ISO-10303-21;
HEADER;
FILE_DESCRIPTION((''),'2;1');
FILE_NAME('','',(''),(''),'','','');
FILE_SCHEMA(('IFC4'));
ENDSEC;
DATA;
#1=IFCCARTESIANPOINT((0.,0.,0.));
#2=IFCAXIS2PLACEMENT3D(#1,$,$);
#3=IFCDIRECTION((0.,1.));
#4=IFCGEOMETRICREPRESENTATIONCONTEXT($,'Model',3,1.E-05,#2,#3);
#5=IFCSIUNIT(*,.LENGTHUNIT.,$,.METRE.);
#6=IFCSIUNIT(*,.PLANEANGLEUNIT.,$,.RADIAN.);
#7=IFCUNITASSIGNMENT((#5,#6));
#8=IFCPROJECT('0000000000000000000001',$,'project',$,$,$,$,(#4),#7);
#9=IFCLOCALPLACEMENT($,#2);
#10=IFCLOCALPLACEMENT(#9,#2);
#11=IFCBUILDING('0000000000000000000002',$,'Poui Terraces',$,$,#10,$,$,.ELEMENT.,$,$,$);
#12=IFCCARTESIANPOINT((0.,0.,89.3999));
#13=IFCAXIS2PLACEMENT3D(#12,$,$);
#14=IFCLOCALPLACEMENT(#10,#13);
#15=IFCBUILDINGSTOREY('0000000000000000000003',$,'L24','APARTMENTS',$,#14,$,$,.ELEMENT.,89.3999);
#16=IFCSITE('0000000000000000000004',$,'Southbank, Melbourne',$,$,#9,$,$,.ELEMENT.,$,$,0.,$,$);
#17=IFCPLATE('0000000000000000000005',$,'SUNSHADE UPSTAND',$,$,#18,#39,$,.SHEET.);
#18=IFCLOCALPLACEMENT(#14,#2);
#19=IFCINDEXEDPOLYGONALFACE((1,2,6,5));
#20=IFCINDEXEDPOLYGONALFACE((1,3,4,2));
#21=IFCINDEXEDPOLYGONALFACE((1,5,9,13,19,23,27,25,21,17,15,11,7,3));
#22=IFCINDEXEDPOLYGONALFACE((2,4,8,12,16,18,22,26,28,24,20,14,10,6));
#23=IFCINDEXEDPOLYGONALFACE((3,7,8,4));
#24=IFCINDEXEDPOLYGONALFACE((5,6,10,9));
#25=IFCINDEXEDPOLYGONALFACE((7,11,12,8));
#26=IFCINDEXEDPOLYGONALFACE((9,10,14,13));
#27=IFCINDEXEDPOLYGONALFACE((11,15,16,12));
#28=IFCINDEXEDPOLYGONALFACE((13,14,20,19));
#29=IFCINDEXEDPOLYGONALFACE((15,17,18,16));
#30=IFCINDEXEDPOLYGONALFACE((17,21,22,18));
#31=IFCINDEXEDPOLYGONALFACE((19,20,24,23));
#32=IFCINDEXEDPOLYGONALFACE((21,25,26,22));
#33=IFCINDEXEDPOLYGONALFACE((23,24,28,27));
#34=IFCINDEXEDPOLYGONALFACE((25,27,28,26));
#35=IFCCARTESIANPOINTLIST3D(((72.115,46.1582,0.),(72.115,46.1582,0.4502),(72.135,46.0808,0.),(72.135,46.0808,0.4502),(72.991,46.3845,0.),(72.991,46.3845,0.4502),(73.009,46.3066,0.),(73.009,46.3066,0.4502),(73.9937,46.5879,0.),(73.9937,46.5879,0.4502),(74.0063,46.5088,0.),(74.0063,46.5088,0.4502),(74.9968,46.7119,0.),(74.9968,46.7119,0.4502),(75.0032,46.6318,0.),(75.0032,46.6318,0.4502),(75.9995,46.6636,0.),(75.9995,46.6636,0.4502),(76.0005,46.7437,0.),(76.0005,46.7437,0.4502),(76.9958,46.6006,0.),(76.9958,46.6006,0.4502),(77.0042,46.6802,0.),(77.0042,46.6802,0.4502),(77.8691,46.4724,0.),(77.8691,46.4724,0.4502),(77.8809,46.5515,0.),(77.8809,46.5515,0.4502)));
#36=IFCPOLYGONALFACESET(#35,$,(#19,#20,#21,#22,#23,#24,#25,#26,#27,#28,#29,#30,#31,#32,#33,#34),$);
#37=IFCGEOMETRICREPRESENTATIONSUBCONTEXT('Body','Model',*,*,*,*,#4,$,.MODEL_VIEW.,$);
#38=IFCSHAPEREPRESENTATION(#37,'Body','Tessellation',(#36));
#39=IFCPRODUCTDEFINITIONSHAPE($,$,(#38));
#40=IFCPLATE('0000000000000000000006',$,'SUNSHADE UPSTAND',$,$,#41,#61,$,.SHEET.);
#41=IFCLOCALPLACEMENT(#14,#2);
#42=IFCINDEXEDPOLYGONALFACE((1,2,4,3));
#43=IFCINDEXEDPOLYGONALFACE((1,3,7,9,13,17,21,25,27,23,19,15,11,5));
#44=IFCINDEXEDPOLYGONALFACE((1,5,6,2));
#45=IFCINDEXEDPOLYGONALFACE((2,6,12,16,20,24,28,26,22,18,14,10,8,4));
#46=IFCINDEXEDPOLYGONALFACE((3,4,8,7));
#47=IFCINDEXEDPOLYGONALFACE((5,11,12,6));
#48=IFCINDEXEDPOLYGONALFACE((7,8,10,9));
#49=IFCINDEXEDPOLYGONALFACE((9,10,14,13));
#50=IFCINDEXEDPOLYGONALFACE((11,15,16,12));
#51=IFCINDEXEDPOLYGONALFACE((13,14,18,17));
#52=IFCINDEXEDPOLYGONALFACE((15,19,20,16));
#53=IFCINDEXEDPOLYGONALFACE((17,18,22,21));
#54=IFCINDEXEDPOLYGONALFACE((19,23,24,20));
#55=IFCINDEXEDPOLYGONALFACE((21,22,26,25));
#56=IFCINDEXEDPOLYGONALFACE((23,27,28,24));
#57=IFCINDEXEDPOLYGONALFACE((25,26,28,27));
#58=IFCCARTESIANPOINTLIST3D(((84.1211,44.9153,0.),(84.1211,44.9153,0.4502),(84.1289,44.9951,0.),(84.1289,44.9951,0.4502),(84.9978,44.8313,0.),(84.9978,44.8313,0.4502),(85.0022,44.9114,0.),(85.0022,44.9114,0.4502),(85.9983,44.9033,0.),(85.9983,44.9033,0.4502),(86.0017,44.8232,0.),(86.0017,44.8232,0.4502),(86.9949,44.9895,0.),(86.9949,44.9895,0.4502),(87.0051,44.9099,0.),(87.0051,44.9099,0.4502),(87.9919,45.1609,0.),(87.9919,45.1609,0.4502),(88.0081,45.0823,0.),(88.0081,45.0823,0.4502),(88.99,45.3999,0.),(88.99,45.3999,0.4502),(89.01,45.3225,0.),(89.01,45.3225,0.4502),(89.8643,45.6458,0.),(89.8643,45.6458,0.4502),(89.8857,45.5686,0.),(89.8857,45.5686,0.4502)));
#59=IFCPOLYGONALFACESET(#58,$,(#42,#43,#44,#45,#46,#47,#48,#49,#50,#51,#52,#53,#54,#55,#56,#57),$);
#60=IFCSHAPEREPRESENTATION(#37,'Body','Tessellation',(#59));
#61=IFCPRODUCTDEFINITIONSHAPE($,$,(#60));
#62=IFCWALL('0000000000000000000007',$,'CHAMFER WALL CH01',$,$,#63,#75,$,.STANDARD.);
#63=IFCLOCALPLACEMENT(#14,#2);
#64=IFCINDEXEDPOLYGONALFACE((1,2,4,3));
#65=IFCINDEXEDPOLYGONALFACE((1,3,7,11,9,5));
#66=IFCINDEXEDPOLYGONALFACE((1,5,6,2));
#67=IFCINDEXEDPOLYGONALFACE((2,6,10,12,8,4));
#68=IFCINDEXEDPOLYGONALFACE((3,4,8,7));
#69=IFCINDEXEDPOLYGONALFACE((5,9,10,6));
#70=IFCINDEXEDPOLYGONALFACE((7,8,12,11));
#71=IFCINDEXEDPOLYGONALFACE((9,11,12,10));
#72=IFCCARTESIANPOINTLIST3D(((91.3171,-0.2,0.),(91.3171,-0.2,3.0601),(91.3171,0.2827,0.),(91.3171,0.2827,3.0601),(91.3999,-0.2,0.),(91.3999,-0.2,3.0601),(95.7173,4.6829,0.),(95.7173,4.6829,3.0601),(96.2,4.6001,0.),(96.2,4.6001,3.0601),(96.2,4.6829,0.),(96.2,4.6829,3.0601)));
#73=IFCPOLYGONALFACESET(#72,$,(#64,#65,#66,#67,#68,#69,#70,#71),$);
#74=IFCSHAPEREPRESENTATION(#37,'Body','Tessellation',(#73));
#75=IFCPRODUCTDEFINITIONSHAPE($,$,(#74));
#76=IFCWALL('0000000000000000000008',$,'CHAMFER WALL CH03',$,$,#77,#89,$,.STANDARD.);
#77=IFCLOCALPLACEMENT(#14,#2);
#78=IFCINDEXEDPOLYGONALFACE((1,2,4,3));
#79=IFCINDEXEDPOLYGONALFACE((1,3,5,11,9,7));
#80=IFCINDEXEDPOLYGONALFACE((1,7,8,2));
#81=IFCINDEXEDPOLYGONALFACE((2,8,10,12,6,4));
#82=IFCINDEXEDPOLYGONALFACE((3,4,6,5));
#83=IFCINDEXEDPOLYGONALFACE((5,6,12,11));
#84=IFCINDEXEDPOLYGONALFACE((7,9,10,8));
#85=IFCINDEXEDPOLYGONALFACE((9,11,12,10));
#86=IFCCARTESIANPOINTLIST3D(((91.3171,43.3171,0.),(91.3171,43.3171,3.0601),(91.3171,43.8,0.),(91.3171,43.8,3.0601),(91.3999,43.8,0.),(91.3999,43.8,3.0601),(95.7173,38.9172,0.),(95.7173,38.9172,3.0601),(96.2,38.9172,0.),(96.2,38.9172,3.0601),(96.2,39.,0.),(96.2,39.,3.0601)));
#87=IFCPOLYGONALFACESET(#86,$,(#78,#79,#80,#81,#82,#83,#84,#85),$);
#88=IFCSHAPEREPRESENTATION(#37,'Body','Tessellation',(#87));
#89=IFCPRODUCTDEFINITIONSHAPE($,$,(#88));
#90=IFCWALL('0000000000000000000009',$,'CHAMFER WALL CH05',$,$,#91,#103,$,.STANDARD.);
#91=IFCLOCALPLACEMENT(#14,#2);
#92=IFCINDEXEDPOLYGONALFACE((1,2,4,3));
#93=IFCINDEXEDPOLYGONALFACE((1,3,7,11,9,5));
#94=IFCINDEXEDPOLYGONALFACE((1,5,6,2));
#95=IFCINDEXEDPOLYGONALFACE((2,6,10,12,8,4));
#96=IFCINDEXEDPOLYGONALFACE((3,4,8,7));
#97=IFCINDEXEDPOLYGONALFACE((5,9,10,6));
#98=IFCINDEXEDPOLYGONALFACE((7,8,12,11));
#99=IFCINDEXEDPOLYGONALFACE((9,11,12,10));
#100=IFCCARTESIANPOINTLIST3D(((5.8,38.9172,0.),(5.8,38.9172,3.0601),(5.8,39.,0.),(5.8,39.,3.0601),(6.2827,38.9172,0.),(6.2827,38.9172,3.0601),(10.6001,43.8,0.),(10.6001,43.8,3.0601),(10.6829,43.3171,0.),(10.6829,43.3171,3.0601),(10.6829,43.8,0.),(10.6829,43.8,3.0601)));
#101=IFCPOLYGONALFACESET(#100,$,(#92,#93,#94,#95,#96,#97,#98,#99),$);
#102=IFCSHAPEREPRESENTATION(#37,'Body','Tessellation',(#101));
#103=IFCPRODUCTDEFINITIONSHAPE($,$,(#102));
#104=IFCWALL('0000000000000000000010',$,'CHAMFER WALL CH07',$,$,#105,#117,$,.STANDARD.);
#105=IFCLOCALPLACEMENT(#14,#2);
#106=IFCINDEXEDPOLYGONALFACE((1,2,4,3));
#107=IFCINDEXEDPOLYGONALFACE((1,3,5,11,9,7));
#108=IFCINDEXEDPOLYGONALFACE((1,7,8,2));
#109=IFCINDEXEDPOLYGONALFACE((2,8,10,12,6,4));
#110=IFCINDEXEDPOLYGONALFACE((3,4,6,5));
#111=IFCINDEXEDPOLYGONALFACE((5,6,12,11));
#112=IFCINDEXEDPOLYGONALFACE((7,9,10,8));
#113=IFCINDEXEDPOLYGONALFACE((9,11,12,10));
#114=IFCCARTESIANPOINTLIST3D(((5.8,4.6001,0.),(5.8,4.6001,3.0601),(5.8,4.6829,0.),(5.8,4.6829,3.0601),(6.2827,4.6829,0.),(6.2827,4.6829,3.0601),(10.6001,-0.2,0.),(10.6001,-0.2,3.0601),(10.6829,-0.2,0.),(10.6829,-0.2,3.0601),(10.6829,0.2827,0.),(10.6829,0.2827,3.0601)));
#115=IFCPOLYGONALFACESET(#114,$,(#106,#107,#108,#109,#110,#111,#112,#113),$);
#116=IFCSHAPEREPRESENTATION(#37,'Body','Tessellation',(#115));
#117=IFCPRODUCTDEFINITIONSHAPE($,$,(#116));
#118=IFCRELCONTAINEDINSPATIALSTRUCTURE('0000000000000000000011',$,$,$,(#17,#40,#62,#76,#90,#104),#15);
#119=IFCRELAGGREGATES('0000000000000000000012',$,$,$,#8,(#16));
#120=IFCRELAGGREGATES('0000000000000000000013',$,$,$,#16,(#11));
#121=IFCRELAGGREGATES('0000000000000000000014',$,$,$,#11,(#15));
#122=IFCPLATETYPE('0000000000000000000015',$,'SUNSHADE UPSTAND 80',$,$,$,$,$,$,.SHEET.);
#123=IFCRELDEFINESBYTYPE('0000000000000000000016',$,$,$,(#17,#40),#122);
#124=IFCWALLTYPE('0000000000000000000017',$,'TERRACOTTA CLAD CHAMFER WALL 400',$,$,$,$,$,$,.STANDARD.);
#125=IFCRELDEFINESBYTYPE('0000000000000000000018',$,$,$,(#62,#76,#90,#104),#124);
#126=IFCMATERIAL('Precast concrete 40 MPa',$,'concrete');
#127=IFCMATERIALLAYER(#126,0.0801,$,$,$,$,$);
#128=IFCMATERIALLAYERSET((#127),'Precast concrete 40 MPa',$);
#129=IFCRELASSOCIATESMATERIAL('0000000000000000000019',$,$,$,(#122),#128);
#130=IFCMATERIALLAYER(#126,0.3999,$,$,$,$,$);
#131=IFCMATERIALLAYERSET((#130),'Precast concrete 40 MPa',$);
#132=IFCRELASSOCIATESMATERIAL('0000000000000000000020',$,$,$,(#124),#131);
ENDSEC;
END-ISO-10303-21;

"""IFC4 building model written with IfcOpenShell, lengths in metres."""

from ifc_helpers import new_model, si_unit, direction, frame, origin, place, context, subcontext, project, spatial, polyline, outline, extrude, material, layer, layer_set, type_object, element, save


model = new_model("IFC4")

# Units and contexts
model_context = context("Model", 3, precision=1e-05, world=origin(), true_north=direction((0.0, 1.0)))
body_context = subcontext(model_context, "Body", "Model", "MODEL_VIEW")
ifc_project = project(units=[si_unit("LENGTHUNIT", "METRE"), si_unit("PLANEANGLEUNIT", "RADIAN")], contexts=[model_context])

# Site, building, storey
site_placement = place(None, origin())
site = spatial("IfcSite", under=ifc_project, at=site_placement, Name="Southbank, Melbourne", CompositionType="ELEMENT", RefElevation=0.0)
building_placement = place(site_placement, origin())
building = spatial("IfcBuilding", under=site, at=building_placement, Name="Poui Terraces", CompositionType="ELEMENT")
storey_placement = place(building_placement, frame((0.0, 0.0, 89.3999)))
storey = spatial("IfcBuildingStorey", under=building, at=storey_placement, Name="L24", Description="APARTMENTS", CompositionType="ELEMENT", Elevation=89.3999)

# Shared definitions
ifc_material_1 = material(Name="Precast concrete 40 MPa", Category="concrete")

# Plates
ifc_layer_1 = layer(ifc_material_1, 0.0801)
ifc_layer_set_1 = layer_set([ifc_layer_1], Name="Precast concrete 40 MPa")
plate_type = type_object("IfcPlateType", Name="SUNSHADE UPSTAND 80", PredefinedType="SHEET", material=ifc_layer_set_1)
plate_1_placement = place(storey_placement, origin())
element("IfcPlate", 1, at=plate_1_placement, inside=storey, type_object=plate_type, Name="SUNSHADE UPSTAND", PredefinedType="SHEET", context=body_context, shape_type="SweptSolid", body=[
    extrude(outline(polyline([(72.991, 46.3845), (72.115, 46.1582), (72.135, 46.0808), (73.009, 46.3066), (74.0063, 46.5088), (75.0032, 46.6318), (75.9995, 46.6636), (76.9958, 46.6006), (77.8691, 46.4724), (77.8809, 46.5515), (77.0042, 46.6802), (76.0005, 46.7437), (74.9968, 46.7119), (73.9937, 46.5879), (72.991, 46.3845)])), origin(), (0.0, 0.0, 1.0), 0.4502),
])
plate_2_placement = place(storey_placement, origin())
element("IfcPlate", 2, at=plate_2_placement, inside=storey, type_object=plate_type, Name="SUNSHADE UPSTAND", PredefinedType="SHEET", context=body_context, shape_type="SweptSolid", body=[
    extrude(outline(polyline([(85.0022, 44.9114), (84.1289, 44.9951), (84.1211, 44.9153), (84.9978, 44.8313), (86.0017, 44.8232), (87.0051, 44.9099), (88.0081, 45.0823), (89.01, 45.3225), (89.8857, 45.5686), (89.8643, 45.6458), (88.99, 45.3999), (87.9919, 45.1609), (86.9949, 44.9895), (85.9983, 44.9033), (85.0022, 44.9114)])), origin(), (0.0, 0.0, 1.0), 0.4502),
])

# Walls
ifc_layer_2 = layer(ifc_material_1, 0.3999)
ifc_layer_set_2 = layer_set([ifc_layer_2], Name="Precast concrete 40 MPa")
wall_type = type_object("IfcWallType", Name="TERRACOTTA CLAD CHAMFER WALL 400", PredefinedType="STANDARD", material=ifc_layer_set_2)
wall_1_placement = place(storey_placement, origin())
element("IfcWall", 3, at=wall_1_placement, inside=storey, type_object=wall_type, Name="CHAMFER WALL CH01", PredefinedType="STANDARD", context=body_context, shape_type="SweptSolid", body=[
    extrude(outline(polyline([(91.3171, -0.2), (91.3999, -0.2), (96.2, 4.6001), (96.2, 4.6829), (95.7173, 4.6829), (91.3171, 0.2827), (91.3171, -0.2)])), origin(), (0.0, 0.0, 1.0), 3.0601),
])
wall_2_placement = place(storey_placement, origin())
element("IfcWall", 4, at=wall_2_placement, inside=storey, type_object=wall_type, Name="CHAMFER WALL CH03", PredefinedType="STANDARD", context=body_context, shape_type="SweptSolid", body=[
    extrude(outline(polyline([(96.2, 38.9172), (96.2, 39.0), (91.3999, 43.8), (91.3171, 43.8), (91.3171, 43.3171), (95.7173, 38.9172), (96.2, 38.9172)])), origin(), (0.0, 0.0, 1.0), 3.0601),
])
wall_3_placement = place(storey_placement, origin())
element("IfcWall", 5, at=wall_3_placement, inside=storey, type_object=wall_type, Name="CHAMFER WALL CH05", PredefinedType="STANDARD", context=body_context, shape_type="SweptSolid", body=[
    extrude(outline(polyline([(10.6829, 43.8), (10.6001, 43.8), (5.8, 39.0), (5.8, 38.9172), (6.2827, 38.9172), (10.6829, 43.3171), (10.6829, 43.8)])), origin(), (0.0, 0.0, 1.0), 3.0601),
])
wall_4_placement = place(storey_placement, origin())
element("IfcWall", 6, at=wall_4_placement, inside=storey, type_object=wall_type, Name="CHAMFER WALL CH07", PredefinedType="STANDARD", context=body_context, shape_type="SweptSolid", body=[
    extrude(outline(polyline([(5.8, 4.6829), (5.8, 4.6001), (10.6001, -0.2), (10.6829, -0.2), (10.6829, 0.2827), (6.2827, 4.6829), (5.8, 4.6829)])), origin(), (0.0, 0.0, 1.0), 3.0601),
])

save(model, "model.ifc")
